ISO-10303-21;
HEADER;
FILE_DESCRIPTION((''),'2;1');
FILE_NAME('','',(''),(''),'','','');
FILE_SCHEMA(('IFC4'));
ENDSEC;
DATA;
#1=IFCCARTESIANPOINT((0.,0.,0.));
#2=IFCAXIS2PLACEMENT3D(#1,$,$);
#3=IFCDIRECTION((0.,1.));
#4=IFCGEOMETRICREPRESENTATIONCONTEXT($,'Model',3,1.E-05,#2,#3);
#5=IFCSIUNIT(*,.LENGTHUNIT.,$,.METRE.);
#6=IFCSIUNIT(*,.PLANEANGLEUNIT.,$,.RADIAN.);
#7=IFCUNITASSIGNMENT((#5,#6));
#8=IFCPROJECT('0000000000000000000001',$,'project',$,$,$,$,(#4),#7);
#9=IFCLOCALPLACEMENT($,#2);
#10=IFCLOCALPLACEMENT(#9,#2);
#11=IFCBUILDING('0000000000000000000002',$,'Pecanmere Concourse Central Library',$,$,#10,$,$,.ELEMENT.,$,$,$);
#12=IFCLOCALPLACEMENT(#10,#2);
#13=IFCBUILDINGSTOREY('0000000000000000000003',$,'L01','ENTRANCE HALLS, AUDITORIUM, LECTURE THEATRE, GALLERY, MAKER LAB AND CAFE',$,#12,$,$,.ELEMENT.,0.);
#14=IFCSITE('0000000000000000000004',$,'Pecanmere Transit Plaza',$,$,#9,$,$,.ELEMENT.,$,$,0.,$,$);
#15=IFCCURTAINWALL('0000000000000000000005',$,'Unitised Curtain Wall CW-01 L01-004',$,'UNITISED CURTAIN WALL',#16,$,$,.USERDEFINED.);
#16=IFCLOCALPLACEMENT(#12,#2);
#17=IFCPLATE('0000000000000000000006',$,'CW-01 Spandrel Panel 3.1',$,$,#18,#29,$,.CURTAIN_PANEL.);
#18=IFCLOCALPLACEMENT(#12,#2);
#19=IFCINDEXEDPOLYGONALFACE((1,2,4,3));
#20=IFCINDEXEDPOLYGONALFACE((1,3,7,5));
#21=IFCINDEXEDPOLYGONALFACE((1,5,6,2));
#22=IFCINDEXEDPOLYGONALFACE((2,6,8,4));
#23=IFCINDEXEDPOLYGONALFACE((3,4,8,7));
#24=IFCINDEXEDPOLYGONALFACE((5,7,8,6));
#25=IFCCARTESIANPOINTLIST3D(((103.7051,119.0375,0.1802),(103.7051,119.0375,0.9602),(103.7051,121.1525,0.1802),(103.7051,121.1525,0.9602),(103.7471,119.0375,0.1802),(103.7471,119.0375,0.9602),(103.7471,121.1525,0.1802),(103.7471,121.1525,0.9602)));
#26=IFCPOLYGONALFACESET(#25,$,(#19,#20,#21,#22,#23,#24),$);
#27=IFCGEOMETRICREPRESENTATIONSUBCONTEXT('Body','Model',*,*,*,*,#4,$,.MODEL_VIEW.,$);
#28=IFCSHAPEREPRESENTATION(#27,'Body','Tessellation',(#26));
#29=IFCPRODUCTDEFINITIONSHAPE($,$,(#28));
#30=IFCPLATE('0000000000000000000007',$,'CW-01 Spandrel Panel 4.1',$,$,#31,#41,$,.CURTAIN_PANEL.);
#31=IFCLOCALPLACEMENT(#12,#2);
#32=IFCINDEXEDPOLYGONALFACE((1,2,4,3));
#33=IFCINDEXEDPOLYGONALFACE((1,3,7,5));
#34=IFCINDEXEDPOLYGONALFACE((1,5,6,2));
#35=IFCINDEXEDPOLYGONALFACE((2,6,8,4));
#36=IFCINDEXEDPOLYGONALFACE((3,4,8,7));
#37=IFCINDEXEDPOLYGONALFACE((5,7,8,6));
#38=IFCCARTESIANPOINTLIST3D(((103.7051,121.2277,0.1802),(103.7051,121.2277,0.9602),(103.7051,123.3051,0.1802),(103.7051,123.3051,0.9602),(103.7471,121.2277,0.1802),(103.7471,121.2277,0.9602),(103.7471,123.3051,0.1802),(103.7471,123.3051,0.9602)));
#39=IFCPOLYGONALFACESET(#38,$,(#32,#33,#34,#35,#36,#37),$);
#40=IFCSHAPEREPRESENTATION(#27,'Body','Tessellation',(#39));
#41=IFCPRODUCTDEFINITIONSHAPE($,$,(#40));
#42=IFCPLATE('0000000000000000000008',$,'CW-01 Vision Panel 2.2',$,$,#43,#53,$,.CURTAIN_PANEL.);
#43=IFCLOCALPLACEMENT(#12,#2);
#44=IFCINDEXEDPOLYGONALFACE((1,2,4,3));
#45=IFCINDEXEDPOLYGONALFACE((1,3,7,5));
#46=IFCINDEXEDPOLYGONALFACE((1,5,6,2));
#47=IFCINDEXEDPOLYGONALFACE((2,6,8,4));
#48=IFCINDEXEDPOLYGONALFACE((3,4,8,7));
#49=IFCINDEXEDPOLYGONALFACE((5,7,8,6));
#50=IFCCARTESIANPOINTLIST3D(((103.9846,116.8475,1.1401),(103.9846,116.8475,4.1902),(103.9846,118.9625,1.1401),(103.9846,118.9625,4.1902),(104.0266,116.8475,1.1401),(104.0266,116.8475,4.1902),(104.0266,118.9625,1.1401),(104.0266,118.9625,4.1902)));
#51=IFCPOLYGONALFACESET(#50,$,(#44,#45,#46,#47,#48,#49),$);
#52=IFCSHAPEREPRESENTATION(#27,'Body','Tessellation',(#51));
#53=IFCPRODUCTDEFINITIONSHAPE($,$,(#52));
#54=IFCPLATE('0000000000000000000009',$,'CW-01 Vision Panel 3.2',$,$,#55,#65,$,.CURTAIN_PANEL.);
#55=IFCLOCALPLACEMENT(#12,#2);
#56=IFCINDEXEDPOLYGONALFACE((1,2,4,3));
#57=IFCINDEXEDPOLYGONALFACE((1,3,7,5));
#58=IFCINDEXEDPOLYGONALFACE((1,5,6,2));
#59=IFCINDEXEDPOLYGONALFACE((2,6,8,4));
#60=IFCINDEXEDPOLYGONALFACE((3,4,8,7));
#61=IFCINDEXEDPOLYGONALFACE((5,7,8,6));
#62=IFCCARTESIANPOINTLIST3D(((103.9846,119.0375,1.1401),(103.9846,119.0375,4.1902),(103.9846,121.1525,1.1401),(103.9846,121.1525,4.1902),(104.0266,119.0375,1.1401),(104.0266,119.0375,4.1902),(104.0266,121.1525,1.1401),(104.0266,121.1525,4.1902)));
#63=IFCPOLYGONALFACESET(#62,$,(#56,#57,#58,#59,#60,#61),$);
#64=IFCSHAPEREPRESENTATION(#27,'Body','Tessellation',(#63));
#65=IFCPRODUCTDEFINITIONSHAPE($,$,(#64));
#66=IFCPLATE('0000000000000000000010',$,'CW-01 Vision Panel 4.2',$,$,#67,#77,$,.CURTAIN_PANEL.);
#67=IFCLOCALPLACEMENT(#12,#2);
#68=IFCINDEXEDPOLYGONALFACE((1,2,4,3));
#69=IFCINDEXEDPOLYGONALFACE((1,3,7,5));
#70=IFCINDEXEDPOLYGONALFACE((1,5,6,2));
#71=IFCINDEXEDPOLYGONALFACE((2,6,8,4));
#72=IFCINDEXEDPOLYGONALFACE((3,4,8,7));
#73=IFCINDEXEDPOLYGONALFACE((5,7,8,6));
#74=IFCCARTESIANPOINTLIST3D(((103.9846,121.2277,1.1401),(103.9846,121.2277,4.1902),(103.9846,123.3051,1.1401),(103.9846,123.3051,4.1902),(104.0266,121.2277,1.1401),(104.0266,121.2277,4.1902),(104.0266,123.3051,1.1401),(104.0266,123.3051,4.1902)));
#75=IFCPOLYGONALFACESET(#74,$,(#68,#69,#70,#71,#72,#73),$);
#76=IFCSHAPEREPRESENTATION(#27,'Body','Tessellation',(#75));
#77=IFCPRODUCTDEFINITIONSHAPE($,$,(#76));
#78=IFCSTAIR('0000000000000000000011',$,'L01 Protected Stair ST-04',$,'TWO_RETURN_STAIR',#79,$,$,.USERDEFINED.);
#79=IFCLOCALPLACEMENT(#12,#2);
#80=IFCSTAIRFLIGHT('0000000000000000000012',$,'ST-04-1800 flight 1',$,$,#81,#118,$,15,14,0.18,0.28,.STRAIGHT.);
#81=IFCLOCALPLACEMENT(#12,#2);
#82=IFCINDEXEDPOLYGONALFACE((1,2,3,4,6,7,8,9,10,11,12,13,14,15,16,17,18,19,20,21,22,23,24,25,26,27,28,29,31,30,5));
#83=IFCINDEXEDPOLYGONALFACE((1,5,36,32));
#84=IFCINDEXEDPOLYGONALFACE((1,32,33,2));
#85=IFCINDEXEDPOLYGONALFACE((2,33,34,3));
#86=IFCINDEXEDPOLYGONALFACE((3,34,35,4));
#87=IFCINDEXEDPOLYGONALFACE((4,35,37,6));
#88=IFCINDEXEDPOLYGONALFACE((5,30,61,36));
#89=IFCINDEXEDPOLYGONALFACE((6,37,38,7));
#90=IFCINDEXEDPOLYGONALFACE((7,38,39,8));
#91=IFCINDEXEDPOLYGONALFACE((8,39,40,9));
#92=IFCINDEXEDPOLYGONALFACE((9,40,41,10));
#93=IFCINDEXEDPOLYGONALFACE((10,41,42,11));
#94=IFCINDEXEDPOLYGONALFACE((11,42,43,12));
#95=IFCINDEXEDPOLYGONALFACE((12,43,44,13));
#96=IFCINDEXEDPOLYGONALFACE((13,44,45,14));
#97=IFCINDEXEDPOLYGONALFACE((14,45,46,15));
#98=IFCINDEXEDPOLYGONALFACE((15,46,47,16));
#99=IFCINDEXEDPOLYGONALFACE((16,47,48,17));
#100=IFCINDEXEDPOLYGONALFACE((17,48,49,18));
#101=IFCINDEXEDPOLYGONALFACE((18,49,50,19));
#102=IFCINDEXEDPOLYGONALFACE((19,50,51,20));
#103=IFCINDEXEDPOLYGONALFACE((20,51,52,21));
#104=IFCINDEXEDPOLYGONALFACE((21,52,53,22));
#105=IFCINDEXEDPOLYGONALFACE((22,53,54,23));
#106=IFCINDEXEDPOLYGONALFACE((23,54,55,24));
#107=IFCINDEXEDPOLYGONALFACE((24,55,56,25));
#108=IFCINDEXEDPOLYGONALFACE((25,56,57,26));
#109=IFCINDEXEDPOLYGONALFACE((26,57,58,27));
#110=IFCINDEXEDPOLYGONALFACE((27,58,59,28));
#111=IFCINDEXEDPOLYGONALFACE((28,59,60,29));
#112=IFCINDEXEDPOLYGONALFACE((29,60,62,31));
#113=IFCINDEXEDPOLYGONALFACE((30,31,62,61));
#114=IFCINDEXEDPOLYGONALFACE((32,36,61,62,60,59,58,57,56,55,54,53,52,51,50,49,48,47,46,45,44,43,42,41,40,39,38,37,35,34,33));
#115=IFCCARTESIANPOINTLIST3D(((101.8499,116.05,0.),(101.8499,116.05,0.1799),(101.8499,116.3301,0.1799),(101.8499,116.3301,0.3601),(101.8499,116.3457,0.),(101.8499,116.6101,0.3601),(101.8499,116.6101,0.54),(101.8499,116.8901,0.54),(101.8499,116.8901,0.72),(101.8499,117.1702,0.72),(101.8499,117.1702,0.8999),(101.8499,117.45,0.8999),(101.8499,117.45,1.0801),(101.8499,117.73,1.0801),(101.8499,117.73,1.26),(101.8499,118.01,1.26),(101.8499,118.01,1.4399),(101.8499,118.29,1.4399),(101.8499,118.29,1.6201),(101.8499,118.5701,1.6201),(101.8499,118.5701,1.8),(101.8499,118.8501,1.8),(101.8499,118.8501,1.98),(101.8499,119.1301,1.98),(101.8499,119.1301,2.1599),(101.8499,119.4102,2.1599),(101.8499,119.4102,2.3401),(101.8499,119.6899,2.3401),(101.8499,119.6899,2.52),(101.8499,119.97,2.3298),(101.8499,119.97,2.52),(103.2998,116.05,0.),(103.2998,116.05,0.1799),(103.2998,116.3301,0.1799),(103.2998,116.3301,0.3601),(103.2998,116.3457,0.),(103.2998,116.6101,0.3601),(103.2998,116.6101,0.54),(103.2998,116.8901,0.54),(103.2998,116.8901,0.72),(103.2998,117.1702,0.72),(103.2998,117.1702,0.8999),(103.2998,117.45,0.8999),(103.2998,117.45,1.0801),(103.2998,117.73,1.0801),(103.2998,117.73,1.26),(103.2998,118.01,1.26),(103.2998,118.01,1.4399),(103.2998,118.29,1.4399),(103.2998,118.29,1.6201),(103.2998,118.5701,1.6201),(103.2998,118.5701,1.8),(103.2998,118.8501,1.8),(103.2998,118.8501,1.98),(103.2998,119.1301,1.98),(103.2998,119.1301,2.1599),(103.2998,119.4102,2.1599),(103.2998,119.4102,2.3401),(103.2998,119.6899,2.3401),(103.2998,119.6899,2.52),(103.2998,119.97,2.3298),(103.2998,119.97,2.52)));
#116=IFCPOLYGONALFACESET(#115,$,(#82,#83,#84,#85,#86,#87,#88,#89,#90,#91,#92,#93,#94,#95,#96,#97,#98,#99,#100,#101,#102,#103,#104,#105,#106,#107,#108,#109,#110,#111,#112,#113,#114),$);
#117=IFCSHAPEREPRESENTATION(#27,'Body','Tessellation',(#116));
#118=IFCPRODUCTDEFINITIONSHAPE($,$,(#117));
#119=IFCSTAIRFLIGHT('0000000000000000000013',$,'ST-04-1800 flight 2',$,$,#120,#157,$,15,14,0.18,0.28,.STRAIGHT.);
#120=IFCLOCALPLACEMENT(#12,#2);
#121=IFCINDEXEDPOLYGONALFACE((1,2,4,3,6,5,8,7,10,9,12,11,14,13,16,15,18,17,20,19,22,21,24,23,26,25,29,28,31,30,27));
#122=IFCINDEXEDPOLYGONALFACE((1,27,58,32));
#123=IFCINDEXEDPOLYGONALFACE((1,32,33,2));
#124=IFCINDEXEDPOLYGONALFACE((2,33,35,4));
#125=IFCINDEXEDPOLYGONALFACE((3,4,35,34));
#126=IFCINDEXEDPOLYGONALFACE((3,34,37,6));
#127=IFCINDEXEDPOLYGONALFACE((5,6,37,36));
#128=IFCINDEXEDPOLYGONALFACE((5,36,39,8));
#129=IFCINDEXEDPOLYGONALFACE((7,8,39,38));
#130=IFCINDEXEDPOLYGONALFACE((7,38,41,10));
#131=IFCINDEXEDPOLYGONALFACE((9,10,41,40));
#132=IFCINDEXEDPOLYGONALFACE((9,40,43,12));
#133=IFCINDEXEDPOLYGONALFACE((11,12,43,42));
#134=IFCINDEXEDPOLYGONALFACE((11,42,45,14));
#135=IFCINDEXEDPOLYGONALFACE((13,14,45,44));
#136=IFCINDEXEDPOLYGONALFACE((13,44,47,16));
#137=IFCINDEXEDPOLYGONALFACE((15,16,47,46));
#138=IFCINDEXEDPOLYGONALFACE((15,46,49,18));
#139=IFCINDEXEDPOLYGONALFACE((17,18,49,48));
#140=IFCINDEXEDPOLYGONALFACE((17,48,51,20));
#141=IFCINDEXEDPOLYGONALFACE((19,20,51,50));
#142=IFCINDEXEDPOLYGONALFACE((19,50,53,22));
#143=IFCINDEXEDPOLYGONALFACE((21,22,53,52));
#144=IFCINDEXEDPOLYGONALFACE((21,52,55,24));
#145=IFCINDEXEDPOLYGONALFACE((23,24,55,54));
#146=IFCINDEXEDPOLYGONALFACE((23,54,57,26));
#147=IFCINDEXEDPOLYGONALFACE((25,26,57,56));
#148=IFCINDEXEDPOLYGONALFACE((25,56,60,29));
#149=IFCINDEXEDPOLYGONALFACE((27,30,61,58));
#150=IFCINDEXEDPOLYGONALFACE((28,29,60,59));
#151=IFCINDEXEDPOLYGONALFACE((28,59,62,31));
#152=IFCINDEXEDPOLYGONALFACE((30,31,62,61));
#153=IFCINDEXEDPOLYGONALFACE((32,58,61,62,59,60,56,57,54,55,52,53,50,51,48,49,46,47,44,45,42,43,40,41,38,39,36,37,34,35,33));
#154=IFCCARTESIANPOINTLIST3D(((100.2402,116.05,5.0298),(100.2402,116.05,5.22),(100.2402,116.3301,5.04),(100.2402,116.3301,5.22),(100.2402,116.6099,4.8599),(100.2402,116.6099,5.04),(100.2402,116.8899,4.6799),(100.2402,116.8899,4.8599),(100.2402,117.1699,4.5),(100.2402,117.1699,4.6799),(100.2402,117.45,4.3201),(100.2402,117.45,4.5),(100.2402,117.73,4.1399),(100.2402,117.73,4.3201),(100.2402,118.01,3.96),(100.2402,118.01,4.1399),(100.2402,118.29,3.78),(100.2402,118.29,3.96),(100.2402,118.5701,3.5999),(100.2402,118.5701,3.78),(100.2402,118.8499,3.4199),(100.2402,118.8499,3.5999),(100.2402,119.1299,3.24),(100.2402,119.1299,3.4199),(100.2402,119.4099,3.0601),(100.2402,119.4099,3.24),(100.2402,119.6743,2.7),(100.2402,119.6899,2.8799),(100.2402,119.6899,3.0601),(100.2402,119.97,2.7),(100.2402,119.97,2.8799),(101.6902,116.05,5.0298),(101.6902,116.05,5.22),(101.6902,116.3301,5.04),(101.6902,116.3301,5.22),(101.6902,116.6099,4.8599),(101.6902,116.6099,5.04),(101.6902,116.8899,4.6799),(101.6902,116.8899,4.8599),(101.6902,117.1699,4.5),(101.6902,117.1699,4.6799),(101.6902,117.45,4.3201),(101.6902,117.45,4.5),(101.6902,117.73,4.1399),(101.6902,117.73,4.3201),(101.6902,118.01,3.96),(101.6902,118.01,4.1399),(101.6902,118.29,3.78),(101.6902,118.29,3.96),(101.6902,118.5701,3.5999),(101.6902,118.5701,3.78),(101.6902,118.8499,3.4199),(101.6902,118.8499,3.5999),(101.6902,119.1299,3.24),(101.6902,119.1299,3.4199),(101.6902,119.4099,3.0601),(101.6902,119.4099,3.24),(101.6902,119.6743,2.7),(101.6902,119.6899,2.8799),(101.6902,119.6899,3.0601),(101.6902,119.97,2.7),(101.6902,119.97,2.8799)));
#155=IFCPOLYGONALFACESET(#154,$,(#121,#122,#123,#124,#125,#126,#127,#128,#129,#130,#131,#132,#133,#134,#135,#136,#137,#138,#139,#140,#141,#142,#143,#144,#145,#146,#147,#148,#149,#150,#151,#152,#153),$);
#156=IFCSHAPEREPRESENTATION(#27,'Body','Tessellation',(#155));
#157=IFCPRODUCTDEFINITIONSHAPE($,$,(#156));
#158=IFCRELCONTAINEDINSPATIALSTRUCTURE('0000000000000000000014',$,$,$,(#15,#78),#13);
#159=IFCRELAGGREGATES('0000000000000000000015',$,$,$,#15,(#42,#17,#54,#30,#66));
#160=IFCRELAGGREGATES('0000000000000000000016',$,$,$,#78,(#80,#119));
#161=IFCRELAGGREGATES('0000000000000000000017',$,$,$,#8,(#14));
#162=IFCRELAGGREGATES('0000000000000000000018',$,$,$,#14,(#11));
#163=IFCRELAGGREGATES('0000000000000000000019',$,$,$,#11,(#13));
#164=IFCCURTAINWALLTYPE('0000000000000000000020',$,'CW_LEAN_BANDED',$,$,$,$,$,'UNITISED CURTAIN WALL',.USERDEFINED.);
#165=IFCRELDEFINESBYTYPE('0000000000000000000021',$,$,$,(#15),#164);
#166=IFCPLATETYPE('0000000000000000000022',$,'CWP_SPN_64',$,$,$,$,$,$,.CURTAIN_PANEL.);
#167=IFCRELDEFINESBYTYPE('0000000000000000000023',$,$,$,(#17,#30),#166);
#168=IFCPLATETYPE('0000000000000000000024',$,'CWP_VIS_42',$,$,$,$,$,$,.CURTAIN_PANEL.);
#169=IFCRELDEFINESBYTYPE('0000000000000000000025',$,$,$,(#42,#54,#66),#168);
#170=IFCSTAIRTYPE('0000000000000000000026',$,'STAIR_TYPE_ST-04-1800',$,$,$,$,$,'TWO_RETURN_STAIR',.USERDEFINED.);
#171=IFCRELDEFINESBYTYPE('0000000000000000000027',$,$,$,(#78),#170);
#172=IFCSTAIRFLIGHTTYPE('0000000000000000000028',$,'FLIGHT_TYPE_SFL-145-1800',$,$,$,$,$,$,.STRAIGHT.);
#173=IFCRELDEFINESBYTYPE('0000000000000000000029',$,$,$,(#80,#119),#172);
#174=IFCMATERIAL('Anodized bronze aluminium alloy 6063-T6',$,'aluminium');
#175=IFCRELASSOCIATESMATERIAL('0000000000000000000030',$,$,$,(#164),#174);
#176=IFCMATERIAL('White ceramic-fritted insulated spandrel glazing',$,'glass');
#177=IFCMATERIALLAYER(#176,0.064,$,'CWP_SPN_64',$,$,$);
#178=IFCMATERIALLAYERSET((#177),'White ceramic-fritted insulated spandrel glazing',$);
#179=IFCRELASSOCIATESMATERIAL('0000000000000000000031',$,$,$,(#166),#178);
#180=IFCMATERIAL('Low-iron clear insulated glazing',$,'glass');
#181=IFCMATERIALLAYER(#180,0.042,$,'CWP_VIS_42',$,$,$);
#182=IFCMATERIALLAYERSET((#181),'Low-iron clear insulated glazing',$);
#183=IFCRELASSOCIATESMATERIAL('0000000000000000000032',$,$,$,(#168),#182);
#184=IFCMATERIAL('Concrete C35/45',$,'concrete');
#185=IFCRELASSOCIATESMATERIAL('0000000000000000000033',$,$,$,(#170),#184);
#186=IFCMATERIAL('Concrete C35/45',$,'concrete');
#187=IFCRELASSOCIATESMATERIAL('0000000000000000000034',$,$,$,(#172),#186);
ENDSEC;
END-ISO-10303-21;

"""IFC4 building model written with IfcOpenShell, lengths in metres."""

from ifc_helpers import new_model, si_unit, direction, frame, origin, origin_2d, place, context, subcontext, project, spatial, polyline, rectangle, outline, extrude, material, layer, layer_set, type_object, element, aggregate, save


model = new_model("IFC4")

# Units and contexts
model_context = context("Model", 3, precision=1e-05, world=origin(), true_north=direction((0.0, 1.0)))
body_context = subcontext(model_context, "Body", "Model", "MODEL_VIEW")
ifc_project = project(units=[si_unit("LENGTHUNIT", "METRE"), si_unit("PLANEANGLEUNIT", "RADIAN")], contexts=[model_context])

# Site, building, storey
site_placement = place(None, origin())
site = spatial("IfcSite", under=ifc_project, at=site_placement, Name="Pecanmere Transit Plaza", CompositionType="ELEMENT", RefElevation=0.0)
building_placement = place(site_placement, origin())
building = spatial("IfcBuilding", under=site, at=building_placement, Name="Pecanmere Concourse Central Library", CompositionType="ELEMENT")
storey_placement = place(building_placement, origin())
storey = spatial("IfcBuildingStorey", under=building, at=storey_placement, Name="L01", Description="ENTRANCE HALLS, AUDITORIUM, LECTURE THEATRE, GALLERY, MAKER LAB AND CAFE", CompositionType="ELEMENT", Elevation=0.0)

# Curtain wall, plates
ifc_material_1 = material(Name="Anodized bronze aluminium alloy 6063-T6", Category="aluminium")
curtain_wall_type = type_object("IfcCurtainWallType", Name="CW_LEAN_BANDED", ElementType="UNITISED CURTAIN WALL", PredefinedType="USERDEFINED", material=ifc_material_1)
curtain_wall_placement = place(storey_placement, origin())
curtain_wall = element("IfcCurtainWall", 1, at=curtain_wall_placement, inside=storey, type_object=curtain_wall_type, Name="Unitised Curtain Wall CW-01 L01-004", ObjectType="UNITISED CURTAIN WALL", PredefinedType="USERDEFINED")
ifc_material_2 = material(Name="White ceramic-fritted insulated spandrel glazing", Category="glass")
ifc_layer_1 = layer(ifc_material_2, 0.064, Name="CWP_SPN_64")
ifc_layer_set_1 = layer_set([ifc_layer_1], Name="White ceramic-fritted insulated spandrel glazing")
plate_type_1 = type_object("IfcPlateType", Name="CWP_SPN_64", PredefinedType="CURTAIN_PANEL", material=ifc_layer_set_1)
plate_1_placement = place(storey_placement, frame((103.7261, 120.095, 0.1802), z_axis=(0.0, 0.0, 1.0), x_axis=(0.0, 1.0, 0.0)))
plate_1 = element("IfcPlate", 2, at=plate_1_placement, type_object=plate_type_1, Name="CW-01 Spandrel Panel 3.1", PredefinedType="CURTAIN_PANEL", context=body_context, shape_type="SweptSolid", body=[
    extrude(rectangle(XDim=2.115, YDim=0.042, at=origin_2d()), origin(), (0.0, 0.0, 1.0), 0.78),
])
plate_2_placement = place(storey_placement, frame((103.7261, 122.2664, 0.1802), z_axis=(0.0, 0.0, 1.0), x_axis=(0.0, 1.0, 0.0)))
plate_2 = element("IfcPlate", 3, at=plate_2_placement, type_object=plate_type_1, Name="CW-01 Spandrel Panel 4.1", PredefinedType="CURTAIN_PANEL", context=body_context, shape_type="SweptSolid", body=[
    extrude(rectangle(XDim=2.0774, YDim=0.042, at=origin_2d()), origin(), (0.0, 0.0, 1.0), 0.78),
])
ifc_material_3 = material(Name="Low-iron clear insulated glazing", Category="glass")
ifc_layer_2 = layer(ifc_material_3, 0.042, Name="CWP_VIS_42")
ifc_layer_set_2 = layer_set([ifc_layer_2], Name="Low-iron clear insulated glazing")
plate_type_2 = type_object("IfcPlateType", Name="CWP_VIS_42", PredefinedType="CURTAIN_PANEL", material=ifc_layer_set_2)
plate_3_placement = place(storey_placement, frame((104.0056, 117.905, 1.1401), z_axis=(0.0, 0.0, 1.0), x_axis=(0.0, 1.0, 0.0)))
plate_3 = element("IfcPlate", 4, at=plate_3_placement, type_object=plate_type_2, Name="CW-01 Vision Panel 2.2", PredefinedType="CURTAIN_PANEL", context=body_context, shape_type="SweptSolid", body=[
    extrude(rectangle(XDim=2.115, YDim=0.042, at=origin_2d()), origin(), (0.0, 0.0, 1.0), 3.05),
])
plate_4_placement = place(storey_placement, frame((104.0056, 120.095, 1.1401), z_axis=(0.0, 0.0, 1.0), x_axis=(0.0, 1.0, 0.0)))
plate_4 = element("IfcPlate", 5, at=plate_4_placement, type_object=plate_type_2, Name="CW-01 Vision Panel 3.2", PredefinedType="CURTAIN_PANEL", context=body_context, shape_type="SweptSolid", body=[
    extrude(rectangle(XDim=2.115, YDim=0.042, at=origin_2d()), origin(), (0.0, 0.0, 1.0), 3.05),
])
plate_5_placement = place(storey_placement, frame((104.0056, 122.2664, 1.1401), z_axis=(0.0, 0.0, 1.0), x_axis=(0.0, 1.0, 0.0)))
plate_5 = element("IfcPlate", 6, at=plate_5_placement, type_object=plate_type_2, Name="CW-01 Vision Panel 4.2", PredefinedType="CURTAIN_PANEL", context=body_context, shape_type="SweptSolid", body=[
    extrude(rectangle(XDim=2.0774, YDim=0.042, at=origin_2d()), origin(), (0.0, 0.0, 1.0), 3.05),
])
aggregate(curtain_wall, [plate_3, plate_1, plate_4, plate_2, plate_5])

# Stair, stair flights
ifc_material_4 = material(Name="Concrete C35/45", Category="concrete")
stair_type = type_object("IfcStairType", Name="STAIR_TYPE_ST-04-1800", ElementType="TWO_RETURN_STAIR", PredefinedType="USERDEFINED", material=ifc_material_4)
stair_placement = place(storey_placement, origin())
stair = element("IfcStair", 7, at=stair_placement, inside=storey, type_object=stair_type, Name="L01 Protected Stair ST-04", ObjectType="TWO_RETURN_STAIR", PredefinedType="USERDEFINED")
ifc_material_5 = material(Name="Concrete C35/45", Category="concrete")
stair_flight_type = type_object("IfcStairFlightType", Name="FLIGHT_TYPE_SFL-145-1800", PredefinedType="STRAIGHT", material=ifc_material_5)
stair_flight_1_placement = place(storey_placement, frame((102.575, 116.05, 0.0), z_axis=(0.0, 0.0, 1.0), x_axis=(0.0, 1.0, 0.0)))
stair_flight_1 = element("IfcStairFlight", 8, at=stair_flight_1_placement, type_object=stair_flight_type, Name="ST-04-1800 flight 1", NumberOfRisers=15, NumberOfTreads=14, PredefinedType="STRAIGHT", RiserHeight=0.18, TreadLength=0.28, context=body_context, shape_type="SweptSolid", body=[
    extrude(outline(polyline([(0.0, 0.0), (0.0, 0.1799), (0.28, 0.1799), (0.28, 0.3601), (0.5601, 0.3601), (0.5601, 0.54), (0.8401, 0.54), (0.8401, 0.72), (1.1201, 0.72), (1.1201, 0.8999), (1.3999, 0.8999), (1.3999, 1.0801), (1.6799, 1.0801), (1.6799, 1.26), (1.96, 1.26), (1.96, 1.4399), (2.24, 1.4399), (2.24, 1.6201), (2.52, 1.6201), (2.52, 1.8), (2.8, 1.8), (2.8, 1.98), (3.0801, 1.98), (3.0801, 2.1599), (3.3601, 2.1599), (3.3601, 2.3401), (3.6399, 2.3401), (3.6399, 2.52), (3.9199, 2.52), (3.9199, 2.7), (3.9199, 2.3298), (0.2957, 0.0), (0.0, 0.0)])), frame((0.0, 0.7251, 0.0), z_axis=(0.0, -1.0, 0.0), x_axis=(1.0, 0.0, 0.0)), (0.0, 0.0, 1.0), 1.45),
])
stair_flight_2_placement = place(storey_placement, frame((100.9651, 119.97, 2.7), z_axis=(0.0, 0.0, 1.0), x_axis=(0.0, -1.0, 0.0)))
stair_flight_2 = element("IfcStairFlight", 9, at=stair_flight_2_placement, type_object=stair_flight_type, Name="ST-04-1800 flight 2", NumberOfRisers=15, NumberOfTreads=14, PredefinedType="STRAIGHT", RiserHeight=0.18, TreadLength=0.28, context=body_context, shape_type="SweptSolid", body=[
    extrude(outline(polyline([(0.0, 0.0), (0.0, 0.1799), (0.28, 0.1799), (0.28, 0.3601), (0.5601, 0.3601), (0.5601, 0.54), (0.8401, 0.54), (0.8401, 0.72), (1.1201, 0.72), (1.1201, 0.8999), (1.3999, 0.8999), (1.3999, 1.0801), (1.6799, 1.0801), (1.6799, 1.26), (1.96, 1.26), (1.96, 1.4399), (2.24, 1.4399), (2.24, 1.6201), (2.52, 1.6201), (2.52, 1.8), (2.8, 1.8), (2.8, 1.98), (3.0801, 1.98), (3.0801, 2.1599), (3.3601, 2.1599), (3.3601, 2.3401), (3.6399, 2.3401), (3.6399, 2.52), (3.9199, 2.52), (3.9199, 2.7), (3.9199, 2.3298), (0.2957, 0.0), (0.0, 0.0)])), frame((0.0, 0.7251, 0.0), z_axis=(0.0, -1.0, 0.0), x_axis=(1.0, 0.0, 0.0)), (0.0, 0.0, 1.0), 1.45),
])
aggregate(stair, [stair_flight_1, stair_flight_2])

save(model, "model.ifc")
